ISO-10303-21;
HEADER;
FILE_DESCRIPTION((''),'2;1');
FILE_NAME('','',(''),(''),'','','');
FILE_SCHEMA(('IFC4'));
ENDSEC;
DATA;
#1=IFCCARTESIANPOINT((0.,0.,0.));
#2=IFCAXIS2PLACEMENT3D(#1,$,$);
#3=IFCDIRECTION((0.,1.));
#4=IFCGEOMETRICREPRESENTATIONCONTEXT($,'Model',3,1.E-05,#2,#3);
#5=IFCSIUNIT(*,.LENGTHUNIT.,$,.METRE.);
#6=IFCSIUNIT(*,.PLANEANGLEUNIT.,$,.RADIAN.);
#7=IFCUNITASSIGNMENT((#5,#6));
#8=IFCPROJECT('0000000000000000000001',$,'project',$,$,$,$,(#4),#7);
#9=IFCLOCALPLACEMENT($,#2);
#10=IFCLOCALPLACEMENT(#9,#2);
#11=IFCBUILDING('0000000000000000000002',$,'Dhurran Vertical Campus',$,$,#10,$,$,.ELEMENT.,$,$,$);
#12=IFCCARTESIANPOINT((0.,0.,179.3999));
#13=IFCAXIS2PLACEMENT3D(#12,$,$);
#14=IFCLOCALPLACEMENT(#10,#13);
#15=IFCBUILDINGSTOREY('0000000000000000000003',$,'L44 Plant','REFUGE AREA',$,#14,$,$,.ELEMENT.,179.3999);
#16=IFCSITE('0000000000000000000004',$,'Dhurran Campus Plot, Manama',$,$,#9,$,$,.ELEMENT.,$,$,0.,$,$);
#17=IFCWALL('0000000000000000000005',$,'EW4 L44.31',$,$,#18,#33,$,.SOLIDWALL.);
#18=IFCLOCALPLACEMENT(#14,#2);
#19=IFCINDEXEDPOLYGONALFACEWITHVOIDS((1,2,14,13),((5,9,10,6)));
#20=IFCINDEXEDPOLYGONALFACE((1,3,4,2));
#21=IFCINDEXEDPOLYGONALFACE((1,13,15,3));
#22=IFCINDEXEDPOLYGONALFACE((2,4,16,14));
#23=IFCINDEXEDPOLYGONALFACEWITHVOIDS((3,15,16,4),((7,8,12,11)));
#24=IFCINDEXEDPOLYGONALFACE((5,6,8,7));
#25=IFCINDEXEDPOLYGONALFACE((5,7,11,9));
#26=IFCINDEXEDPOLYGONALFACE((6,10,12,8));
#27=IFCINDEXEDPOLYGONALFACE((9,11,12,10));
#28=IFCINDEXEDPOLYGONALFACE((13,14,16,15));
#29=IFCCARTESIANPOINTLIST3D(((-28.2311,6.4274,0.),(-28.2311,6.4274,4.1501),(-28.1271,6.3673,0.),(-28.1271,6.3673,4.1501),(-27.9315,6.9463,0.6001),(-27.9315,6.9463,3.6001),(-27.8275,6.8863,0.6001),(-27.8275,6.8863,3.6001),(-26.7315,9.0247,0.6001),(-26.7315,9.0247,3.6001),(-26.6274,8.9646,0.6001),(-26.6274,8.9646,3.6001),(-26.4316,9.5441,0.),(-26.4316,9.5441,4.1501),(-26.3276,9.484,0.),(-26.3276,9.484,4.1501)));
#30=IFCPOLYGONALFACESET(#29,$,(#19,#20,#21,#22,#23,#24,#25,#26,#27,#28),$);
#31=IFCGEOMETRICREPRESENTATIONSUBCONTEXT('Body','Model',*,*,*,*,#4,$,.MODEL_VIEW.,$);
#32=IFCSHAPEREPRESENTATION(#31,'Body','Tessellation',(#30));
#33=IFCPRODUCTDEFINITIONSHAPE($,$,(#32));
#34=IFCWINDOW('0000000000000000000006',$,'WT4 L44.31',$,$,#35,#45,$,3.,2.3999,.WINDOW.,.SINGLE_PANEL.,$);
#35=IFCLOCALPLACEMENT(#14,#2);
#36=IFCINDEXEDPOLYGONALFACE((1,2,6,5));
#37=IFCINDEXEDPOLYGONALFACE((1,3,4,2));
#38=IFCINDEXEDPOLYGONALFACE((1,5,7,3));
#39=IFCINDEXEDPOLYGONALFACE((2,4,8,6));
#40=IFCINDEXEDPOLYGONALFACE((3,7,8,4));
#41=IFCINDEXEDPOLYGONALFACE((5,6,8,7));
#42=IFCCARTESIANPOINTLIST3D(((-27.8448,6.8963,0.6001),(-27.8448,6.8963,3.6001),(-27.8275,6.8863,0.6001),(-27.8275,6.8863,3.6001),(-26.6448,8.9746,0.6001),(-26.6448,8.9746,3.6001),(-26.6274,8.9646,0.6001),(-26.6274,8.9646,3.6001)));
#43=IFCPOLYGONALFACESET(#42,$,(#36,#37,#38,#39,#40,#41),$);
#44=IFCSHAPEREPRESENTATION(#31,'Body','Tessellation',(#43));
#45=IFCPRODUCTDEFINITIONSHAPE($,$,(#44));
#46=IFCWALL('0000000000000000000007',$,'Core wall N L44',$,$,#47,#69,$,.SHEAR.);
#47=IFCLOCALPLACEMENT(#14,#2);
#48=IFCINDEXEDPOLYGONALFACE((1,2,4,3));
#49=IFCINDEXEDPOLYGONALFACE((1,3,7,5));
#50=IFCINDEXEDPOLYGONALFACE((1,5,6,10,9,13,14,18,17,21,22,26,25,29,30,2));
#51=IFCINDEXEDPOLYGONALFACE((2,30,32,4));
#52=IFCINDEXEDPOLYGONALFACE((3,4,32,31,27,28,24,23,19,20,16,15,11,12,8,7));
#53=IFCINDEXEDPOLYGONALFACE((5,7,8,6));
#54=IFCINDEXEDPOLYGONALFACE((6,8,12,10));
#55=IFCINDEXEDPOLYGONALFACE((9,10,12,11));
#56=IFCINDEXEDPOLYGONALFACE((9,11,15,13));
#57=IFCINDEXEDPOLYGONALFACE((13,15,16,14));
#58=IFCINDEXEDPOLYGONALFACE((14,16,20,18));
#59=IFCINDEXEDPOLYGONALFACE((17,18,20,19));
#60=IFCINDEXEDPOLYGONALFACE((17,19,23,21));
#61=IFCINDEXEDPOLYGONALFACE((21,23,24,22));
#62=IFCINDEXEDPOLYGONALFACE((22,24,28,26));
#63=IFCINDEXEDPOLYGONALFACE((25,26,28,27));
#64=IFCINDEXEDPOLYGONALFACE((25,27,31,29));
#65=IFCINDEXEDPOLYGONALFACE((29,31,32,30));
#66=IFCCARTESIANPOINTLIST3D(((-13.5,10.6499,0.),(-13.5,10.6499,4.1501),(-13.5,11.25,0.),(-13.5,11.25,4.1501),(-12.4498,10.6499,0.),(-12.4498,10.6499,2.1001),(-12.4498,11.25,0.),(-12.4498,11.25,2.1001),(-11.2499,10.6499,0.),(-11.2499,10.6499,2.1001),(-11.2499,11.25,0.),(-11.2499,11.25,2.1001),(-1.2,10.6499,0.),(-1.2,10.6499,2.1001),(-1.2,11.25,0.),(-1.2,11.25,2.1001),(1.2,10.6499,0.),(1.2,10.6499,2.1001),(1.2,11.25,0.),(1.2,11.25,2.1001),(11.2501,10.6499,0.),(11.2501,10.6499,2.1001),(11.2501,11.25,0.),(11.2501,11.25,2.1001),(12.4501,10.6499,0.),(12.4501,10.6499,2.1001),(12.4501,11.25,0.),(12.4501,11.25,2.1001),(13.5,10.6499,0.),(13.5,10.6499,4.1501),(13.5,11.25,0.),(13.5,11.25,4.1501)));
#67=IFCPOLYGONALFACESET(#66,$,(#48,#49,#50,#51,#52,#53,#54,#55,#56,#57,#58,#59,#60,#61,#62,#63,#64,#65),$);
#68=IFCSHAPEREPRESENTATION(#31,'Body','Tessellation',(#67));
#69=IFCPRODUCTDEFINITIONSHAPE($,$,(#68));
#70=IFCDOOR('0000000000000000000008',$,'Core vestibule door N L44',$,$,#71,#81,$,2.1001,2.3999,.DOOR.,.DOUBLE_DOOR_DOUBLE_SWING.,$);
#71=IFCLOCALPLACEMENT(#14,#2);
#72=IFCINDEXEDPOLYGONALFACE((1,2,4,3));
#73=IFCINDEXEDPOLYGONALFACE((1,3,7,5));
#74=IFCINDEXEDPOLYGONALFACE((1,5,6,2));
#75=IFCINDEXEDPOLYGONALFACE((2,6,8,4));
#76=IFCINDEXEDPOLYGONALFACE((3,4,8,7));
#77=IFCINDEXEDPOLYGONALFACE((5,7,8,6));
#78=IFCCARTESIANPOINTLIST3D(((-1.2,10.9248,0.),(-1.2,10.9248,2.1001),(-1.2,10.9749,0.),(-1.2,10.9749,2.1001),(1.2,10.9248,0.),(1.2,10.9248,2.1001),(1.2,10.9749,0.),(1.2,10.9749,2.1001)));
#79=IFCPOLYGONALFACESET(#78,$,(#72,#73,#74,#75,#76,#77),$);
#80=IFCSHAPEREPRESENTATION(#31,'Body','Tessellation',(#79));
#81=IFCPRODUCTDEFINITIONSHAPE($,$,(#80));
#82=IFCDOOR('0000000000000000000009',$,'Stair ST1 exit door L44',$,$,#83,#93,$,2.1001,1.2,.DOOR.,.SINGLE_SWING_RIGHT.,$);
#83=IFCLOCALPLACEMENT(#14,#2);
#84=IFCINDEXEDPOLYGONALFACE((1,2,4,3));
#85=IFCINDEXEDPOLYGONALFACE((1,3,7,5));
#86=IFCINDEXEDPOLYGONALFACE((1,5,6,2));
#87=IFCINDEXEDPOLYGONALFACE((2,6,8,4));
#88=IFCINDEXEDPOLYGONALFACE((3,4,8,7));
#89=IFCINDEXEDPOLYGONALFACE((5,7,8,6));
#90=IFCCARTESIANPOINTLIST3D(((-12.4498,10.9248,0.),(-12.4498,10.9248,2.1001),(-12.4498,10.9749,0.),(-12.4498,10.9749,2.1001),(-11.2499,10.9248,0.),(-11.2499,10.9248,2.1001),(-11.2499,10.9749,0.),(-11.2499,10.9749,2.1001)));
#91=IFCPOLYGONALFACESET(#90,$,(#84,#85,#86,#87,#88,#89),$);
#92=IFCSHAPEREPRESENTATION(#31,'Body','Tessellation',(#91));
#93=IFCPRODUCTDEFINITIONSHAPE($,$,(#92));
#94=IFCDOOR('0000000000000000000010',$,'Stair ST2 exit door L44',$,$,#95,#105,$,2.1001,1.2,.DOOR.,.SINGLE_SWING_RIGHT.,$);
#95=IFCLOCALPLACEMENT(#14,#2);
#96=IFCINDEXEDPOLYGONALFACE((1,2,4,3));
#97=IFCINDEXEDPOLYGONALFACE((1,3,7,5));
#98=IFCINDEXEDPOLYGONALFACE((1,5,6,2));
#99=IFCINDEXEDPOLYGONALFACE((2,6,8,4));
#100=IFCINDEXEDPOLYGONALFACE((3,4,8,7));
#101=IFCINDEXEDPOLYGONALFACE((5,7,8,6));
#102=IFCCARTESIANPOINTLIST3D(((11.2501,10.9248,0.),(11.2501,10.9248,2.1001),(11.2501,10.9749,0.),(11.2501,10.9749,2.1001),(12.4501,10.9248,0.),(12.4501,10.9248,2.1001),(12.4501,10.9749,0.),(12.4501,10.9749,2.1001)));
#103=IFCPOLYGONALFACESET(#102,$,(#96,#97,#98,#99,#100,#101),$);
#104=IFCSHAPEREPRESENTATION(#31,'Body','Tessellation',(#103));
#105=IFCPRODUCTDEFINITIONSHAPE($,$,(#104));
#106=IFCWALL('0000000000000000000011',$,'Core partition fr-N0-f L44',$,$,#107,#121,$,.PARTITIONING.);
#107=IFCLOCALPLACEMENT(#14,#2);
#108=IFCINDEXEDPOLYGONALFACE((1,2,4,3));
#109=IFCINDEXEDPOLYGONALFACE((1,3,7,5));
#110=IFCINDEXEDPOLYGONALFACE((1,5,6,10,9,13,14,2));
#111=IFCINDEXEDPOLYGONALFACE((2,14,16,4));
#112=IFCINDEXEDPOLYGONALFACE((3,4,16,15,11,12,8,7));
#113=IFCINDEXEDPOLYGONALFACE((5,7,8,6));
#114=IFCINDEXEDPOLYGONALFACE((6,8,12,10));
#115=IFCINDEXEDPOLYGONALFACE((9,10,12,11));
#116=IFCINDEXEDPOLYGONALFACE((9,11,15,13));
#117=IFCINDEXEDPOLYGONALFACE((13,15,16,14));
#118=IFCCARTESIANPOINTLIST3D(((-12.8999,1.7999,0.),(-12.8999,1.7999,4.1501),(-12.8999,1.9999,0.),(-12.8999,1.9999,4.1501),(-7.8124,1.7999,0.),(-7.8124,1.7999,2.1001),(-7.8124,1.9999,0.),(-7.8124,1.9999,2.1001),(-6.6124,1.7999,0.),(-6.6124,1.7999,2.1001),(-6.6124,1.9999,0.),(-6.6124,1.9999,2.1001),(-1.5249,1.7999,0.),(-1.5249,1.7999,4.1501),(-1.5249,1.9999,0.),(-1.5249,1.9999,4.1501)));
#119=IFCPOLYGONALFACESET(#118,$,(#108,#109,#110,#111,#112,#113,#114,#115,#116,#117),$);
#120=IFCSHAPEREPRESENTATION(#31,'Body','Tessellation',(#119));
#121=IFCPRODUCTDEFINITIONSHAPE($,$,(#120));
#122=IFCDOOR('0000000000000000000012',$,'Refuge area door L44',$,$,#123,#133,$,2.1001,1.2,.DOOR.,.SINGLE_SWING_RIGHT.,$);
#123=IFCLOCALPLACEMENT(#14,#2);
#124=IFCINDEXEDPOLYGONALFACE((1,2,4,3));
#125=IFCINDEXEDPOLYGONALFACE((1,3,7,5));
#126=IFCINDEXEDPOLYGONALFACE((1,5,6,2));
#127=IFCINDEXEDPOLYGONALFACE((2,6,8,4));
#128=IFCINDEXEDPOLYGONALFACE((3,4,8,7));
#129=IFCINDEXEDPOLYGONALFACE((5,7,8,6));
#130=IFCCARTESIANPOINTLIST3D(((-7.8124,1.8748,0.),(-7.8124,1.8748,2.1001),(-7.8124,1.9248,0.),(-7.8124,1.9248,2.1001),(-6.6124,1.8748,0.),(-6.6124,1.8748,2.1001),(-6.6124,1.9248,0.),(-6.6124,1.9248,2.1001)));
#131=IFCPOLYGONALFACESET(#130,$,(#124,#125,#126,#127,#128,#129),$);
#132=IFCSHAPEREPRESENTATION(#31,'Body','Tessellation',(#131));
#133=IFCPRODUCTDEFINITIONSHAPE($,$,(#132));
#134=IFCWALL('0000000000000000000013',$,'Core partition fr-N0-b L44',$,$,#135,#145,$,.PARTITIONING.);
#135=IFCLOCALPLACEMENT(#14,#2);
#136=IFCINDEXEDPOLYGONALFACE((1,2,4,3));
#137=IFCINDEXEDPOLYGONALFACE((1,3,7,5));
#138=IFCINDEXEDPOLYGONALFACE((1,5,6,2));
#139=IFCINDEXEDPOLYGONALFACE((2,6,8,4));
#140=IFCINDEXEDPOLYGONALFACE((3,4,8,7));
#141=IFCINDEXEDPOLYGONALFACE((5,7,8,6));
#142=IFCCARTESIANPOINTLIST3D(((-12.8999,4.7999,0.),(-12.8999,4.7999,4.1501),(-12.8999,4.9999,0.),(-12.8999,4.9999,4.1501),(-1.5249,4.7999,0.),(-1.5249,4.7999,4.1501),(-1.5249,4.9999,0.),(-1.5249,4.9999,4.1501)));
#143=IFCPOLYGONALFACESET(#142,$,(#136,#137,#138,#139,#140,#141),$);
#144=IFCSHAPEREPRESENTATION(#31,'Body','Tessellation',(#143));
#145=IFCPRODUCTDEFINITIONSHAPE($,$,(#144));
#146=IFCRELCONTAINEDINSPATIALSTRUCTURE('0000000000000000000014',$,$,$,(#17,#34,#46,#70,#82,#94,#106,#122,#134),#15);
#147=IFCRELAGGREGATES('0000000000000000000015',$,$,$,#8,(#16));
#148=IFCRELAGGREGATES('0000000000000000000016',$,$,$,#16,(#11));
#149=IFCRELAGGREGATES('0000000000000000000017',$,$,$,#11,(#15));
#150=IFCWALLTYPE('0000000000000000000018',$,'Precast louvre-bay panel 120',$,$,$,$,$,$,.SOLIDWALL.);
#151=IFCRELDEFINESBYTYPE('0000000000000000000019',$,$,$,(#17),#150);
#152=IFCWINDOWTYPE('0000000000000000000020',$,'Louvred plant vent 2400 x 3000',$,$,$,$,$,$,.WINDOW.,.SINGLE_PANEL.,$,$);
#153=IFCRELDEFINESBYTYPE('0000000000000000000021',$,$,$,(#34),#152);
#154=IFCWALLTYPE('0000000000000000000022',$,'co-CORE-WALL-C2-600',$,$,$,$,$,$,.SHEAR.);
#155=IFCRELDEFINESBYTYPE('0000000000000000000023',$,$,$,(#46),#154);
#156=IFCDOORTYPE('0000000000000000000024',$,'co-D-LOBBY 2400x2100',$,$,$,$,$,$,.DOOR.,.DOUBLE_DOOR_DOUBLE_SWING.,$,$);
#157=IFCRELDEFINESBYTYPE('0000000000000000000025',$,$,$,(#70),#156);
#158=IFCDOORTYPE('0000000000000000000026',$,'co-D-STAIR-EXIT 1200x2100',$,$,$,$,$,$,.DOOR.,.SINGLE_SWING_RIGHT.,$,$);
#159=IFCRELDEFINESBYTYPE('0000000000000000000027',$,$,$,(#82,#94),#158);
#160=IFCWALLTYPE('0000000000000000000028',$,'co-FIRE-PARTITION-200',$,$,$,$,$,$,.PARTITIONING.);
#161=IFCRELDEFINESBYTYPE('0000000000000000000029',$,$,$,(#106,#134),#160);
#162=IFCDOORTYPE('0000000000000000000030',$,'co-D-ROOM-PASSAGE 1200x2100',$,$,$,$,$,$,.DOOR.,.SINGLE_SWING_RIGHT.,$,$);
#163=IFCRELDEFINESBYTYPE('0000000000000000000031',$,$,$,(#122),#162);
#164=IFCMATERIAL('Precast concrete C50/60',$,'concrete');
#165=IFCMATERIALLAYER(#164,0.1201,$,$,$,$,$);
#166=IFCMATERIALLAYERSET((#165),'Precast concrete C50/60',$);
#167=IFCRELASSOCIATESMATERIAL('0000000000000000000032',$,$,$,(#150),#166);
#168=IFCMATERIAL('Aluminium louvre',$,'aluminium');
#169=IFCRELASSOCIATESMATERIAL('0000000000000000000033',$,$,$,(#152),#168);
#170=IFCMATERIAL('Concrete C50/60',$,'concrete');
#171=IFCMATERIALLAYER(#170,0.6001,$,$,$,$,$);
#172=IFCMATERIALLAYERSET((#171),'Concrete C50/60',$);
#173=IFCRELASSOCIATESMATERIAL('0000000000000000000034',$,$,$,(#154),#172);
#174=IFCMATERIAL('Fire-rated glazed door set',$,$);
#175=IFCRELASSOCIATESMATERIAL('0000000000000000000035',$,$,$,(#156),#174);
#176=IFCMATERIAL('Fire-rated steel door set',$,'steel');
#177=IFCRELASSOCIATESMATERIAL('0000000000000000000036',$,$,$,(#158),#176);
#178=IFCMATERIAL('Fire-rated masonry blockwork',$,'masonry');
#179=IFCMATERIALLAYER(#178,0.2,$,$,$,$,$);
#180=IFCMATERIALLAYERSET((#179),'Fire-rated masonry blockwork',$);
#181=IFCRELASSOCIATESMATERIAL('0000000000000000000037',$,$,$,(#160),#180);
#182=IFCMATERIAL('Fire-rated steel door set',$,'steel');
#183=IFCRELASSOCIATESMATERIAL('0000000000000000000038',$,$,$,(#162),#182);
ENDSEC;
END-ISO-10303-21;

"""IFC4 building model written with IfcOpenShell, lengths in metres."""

from ifc_helpers import new_model, si_unit, direction, frame, frame_2d, origin, place, context, subcontext, project, spatial, rectangle, extrude, material, layer, layer_set, type_object, element, fill, save


model = new_model("IFC4")

# Units and contexts
model_context = context("Model", 3, precision=1e-05, world=origin(), true_north=direction((0.0, 1.0)))
body_context = subcontext(model_context, "Body", "Model", "MODEL_VIEW")
ifc_project = project(units=[si_unit("LENGTHUNIT", "METRE"), si_unit("PLANEANGLEUNIT", "RADIAN")], contexts=[model_context])

# Site, building, storey
site_placement = place(None, origin())
site = spatial("IfcSite", under=ifc_project, at=site_placement, Name="Dhurran Campus Plot, Manama", CompositionType="ELEMENT", RefElevation=0.0)
building_placement = place(site_placement, origin())
building = spatial("IfcBuilding", under=site, at=building_placement, Name="Dhurran Vertical Campus", CompositionType="ELEMENT")
storey_placement = place(building_placement, frame((0.0, 0.0, 179.3999)))
storey = spatial("IfcBuildingStorey", under=building, at=storey_placement, Name="L44 Plant", Description="REFUGE AREA", CompositionType="ELEMENT", Elevation=179.3999)

# Wall, opening, window
ifc_material_1 = material(Name="Precast concrete C50/60", Category="concrete")
ifc_layer_1 = layer(ifc_material_1, 0.1201)
ifc_layer_set_1 = layer_set([ifc_layer_1], Name="Precast concrete C50/60")
wall_type_1 = type_object("IfcWallType", Name="Precast louvre-bay panel 120", PredefinedType="SOLIDWALL", material=ifc_layer_set_1)
wall_1_placement = place(storey_placement, frame((-26.3796, 9.5139, 0.0), z_axis=(0.0, 0.0, 1.0), x_axis=(-0.500028, -0.866009, 0.0)))
wall_1 = element("IfcWall", 1, at=wall_1_placement, inside=storey, type_object=wall_type_1, Name="EW4 L44.31", PredefinedType="SOLIDWALL", context=body_context, shape_type="SweptSolid", body=[
    extrude(rectangle(XDim=3.5989, YDim=0.1201, at=frame_2d((1.7993, 0.0))), origin(), (0.0, 0.0, 1.0), 4.1501),
])
opening_1_placement = place(wall_1_placement, frame((0.5996, 0.0, 0.6001)))
opening_1 = element("IfcOpeningElement", 2, at=opening_1_placement, cuts=wall_1, PredefinedType="OPENING", context=body_context, shape_type="SweptSolid", body=[
    extrude(rectangle(XDim=2.3999, YDim=3.0, at=frame_2d((1.2, 1.5))), frame((0.0, 0.0701, 0.0), z_axis=(0.0, -1.0, 0.0), x_axis=(1.0, 0.0, 0.0)), (0.0, 0.0, 1.0), 0.1401),
])
ifc_material_2 = material(Name="Aluminium louvre", Category="aluminium")
window_type = type_object("IfcWindowType", Name="Louvred plant vent 2400 x 3000", PartitioningType="SINGLE_PANEL", PredefinedType="WINDOW", material=ifc_material_2)
window_placement = place(opening_1_placement, origin())
window = element("IfcWindow", 3, at=window_placement, inside=storey, type_object=window_type, Name="WT4 L44.31", OverallHeight=3.0, OverallWidth=2.3999, PartitioningType="SINGLE_PANEL", PredefinedType="WINDOW", context=body_context, shape_type="SweptSolid", body=[
    extrude(rectangle(XDim=2.3999, YDim=3.0, at=frame_2d((1.2, 1.5))), frame((0.0, 0.0601, 0.0), z_axis=(0.0, -1.0, 0.0), x_axis=(1.0, 0.0, 0.0)), (0.0, 0.0, 1.0), 0.02),
])
fill(opening_1, window)

# Wall, openings, doors
ifc_material_3 = material(Name="Concrete C50/60", Category="concrete")
ifc_layer_2 = layer(ifc_material_3, 0.6001)
ifc_layer_set_2 = layer_set([ifc_layer_2], Name="Concrete C50/60")
wall_type_2 = type_object("IfcWallType", Name="co-CORE-WALL-C2-600", PredefinedType="SHEAR", material=ifc_layer_set_2)
wall_2_placement = place(storey_placement, frame((-13.5, 10.95, 0.0), z_axis=(0.0, 0.0, 1.0), x_axis=(1.0, 0.0, 0.0)))
wall_2 = element("IfcWall", 4, at=wall_2_placement, inside=storey, type_object=wall_type_2, Name="Core wall N L44", PredefinedType="SHEAR", context=body_context, shape_type="SweptSolid", body=[
    extrude(rectangle(XDim=27.0, YDim=0.6001, at=frame_2d((13.5, 0.0))), origin(), (0.0, 0.0, 1.0), 4.1501),
])
opening_2_placement = place(wall_2_placement, frame((12.3, 0.0, 0.0)))
opening_2 = element("IfcOpeningElement", 5, at=opening_2_placement, cuts=wall_2, PredefinedType="OPENING", context=body_context, shape_type="SweptSolid", body=[
    extrude(rectangle(XDim=2.3999, YDim=2.1001, at=frame_2d((1.2, 1.05))), frame((0.0, 0.3101, 0.0), z_axis=(0.0, -1.0, 0.0), x_axis=(1.0, 0.0, 0.0)), (0.0, 0.0, 1.0), 0.6201),
])
opening_3_placement = place(wall_2_placement, frame((1.05, 0.0, 0.0)))
opening_3 = element("IfcOpeningElement", 6, at=opening_3_placement, cuts=wall_2, PredefinedType="OPENING", context=body_context, shape_type="SweptSolid", body=[
    extrude(rectangle(XDim=1.2, YDim=2.1001, at=frame_2d((0.6001, 1.05))), frame((0.0, 0.3101, 0.0), z_axis=(0.0, -1.0, 0.0), x_axis=(1.0, 0.0, 0.0)), (0.0, 0.0, 1.0), 0.6201),
])
opening_4_placement = place(wall_2_placement, frame((24.75, 0.0, 0.0)))
opening_4 = element("IfcOpeningElement", 7, at=opening_4_placement, cuts=wall_2, PredefinedType="OPENING", context=body_context, shape_type="SweptSolid", body=[
    extrude(rectangle(XDim=1.2, YDim=2.1001, at=frame_2d((0.6001, 1.05))), frame((0.0, 0.3101, 0.0), z_axis=(0.0, -1.0, 0.0), x_axis=(1.0, 0.0, 0.0)), (0.0, 0.0, 1.0), 0.6201),
])
ifc_material_4 = material(Name="Fire-rated glazed door set")
door_type_1 = type_object("IfcDoorType", Name="co-D-LOBBY 2400x2100", OperationType="DOUBLE_DOOR_DOUBLE_SWING", PredefinedType="DOOR", material=ifc_material_4)
door_1_placement = place(opening_2_placement, origin())
door_1 = element("IfcDoor", 8, at=door_1_placement, inside=storey, type_object=door_type_1, Name="Core vestibule door N L44", OperationType="DOUBLE_DOOR_DOUBLE_SWING", OverallHeight=2.1001, OverallWidth=2.3999, PredefinedType="DOOR", context=body_context, shape_type="SweptSolid", body=[
    extrude(rectangle(XDim=2.3999, YDim=2.1001, at=frame_2d((1.2, 1.05))), frame((0.0, 0.0249, 0.0), z_axis=(0.0, -1.0, 0.0), x_axis=(1.0, 0.0, 0.0)), (0.0, 0.0, 1.0), 0.05),
])
fill(opening_2, door_1)
ifc_material_5 = material(Name="Fire-rated steel door set", Category="steel")
door_type_2 = type_object("IfcDoorType", Name="co-D-STAIR-EXIT 1200x2100", OperationType="SINGLE_SWING_RIGHT", PredefinedType="DOOR", material=ifc_material_5)
door_2_placement = place(opening_3_placement, origin())
door_2 = element("IfcDoor", 9, at=door_2_placement, inside=storey, type_object=door_type_2, Name="Stair ST1 exit door L44", OperationType="SINGLE_SWING_RIGHT", OverallHeight=2.1001, OverallWidth=1.2, PredefinedType="DOOR", context=body_context, shape_type="SweptSolid", body=[
    extrude(rectangle(XDim=1.2, YDim=2.1001, at=frame_2d((0.6001, 1.05))), frame((0.0, 0.0249, 0.0), z_axis=(0.0, -1.0, 0.0), x_axis=(1.0, 0.0, 0.0)), (0.0, 0.0, 1.0), 0.05),
])
fill(opening_3, door_2)
door_3_placement = place(opening_4_placement, origin())
door_3 = element("IfcDoor", 10, at=door_3_placement, inside=storey, type_object=door_type_2, Name="Stair ST2 exit door L44", OperationType="SINGLE_SWING_RIGHT", OverallHeight=2.1001, OverallWidth=1.2, PredefinedType="DOOR", context=body_context, shape_type="SweptSolid", body=[
    extrude(rectangle(XDim=1.2, YDim=2.1001, at=frame_2d((0.6001, 1.05))), frame((0.0, 0.0249, 0.0), z_axis=(0.0, -1.0, 0.0), x_axis=(1.0, 0.0, 0.0)), (0.0, 0.0, 1.0), 0.05),
])
fill(opening_4, door_3)

# Wall, opening, door
ifc_material_6 = material(Name="Fire-rated masonry blockwork", Category="masonry")
ifc_layer_3 = layer(ifc_material_6, 0.2)
ifc_layer_set_3 = layer_set([ifc_layer_3], Name="Fire-rated masonry blockwork")
wall_type_3 = type_object("IfcWallType", Name="co-FIRE-PARTITION-200", PredefinedType="PARTITIONING", material=ifc_layer_set_3)
wall_3_placement = place(storey_placement, frame((-12.8999, 1.8999, 0.0), z_axis=(0.0, 0.0, 1.0), x_axis=(1.0, 0.0, 0.0)))
wall_3 = element("IfcWall", 11, at=wall_3_placement, inside=storey, type_object=wall_type_3, Name="Core partition fr-N0-f L44", PredefinedType="PARTITIONING", context=body_context, shape_type="SweptSolid", body=[
    extrude(rectangle(XDim=11.375, YDim=0.2, at=frame_2d((5.6875, 0.0))), origin(), (0.0, 0.0, 1.0), 4.1501),
])
opening_5_placement = place(wall_3_placement, frame((5.0874, 0.0, 0.0)))
opening_5 = element("IfcOpeningElement", 12, at=opening_5_placement, cuts=wall_3, PredefinedType="OPENING", context=body_context, shape_type="SweptSolid", body=[
    extrude(rectangle(XDim=1.2, YDim=2.1001, at=frame_2d((0.6001, 1.05))), frame((0.0, 0.1099, 0.0), z_axis=(0.0, -1.0, 0.0), x_axis=(1.0, 0.0, 0.0)), (0.0, 0.0, 1.0), 0.22),
])
ifc_material_7 = material(Name="Fire-rated steel door set", Category="steel")
door_type_3 = type_object("IfcDoorType", Name="co-D-ROOM-PASSAGE 1200x2100", OperationType="SINGLE_SWING_RIGHT", PredefinedType="DOOR", material=ifc_material_7)
door_4_placement = place(opening_5_placement, origin())
door_4 = element("IfcDoor", 13, at=door_4_placement, inside=storey, type_object=door_type_3, Name="Refuge area door L44", OperationType="SINGLE_SWING_RIGHT", OverallHeight=2.1001, OverallWidth=1.2, PredefinedType="DOOR", context=body_context, shape_type="SweptSolid", body=[
    extrude(rectangle(XDim=1.2, YDim=2.1001, at=frame_2d((0.6001, 1.05))), frame((0.0, 0.0249, 0.0), z_axis=(0.0, -1.0, 0.0), x_axis=(1.0, 0.0, 0.0)), (0.0, 0.0, 1.0), 0.05),
])
fill(opening_5, door_4)

# Wall
wall_4_placement = place(storey_placement, frame((-12.8999, 4.8999, 0.0), z_axis=(0.0, 0.0, 1.0), x_axis=(1.0, 0.0, 0.0)))
element("IfcWall", 14, at=wall_4_placement, inside=storey, type_object=wall_type_3, Name="Core partition fr-N0-b L44", PredefinedType="PARTITIONING", context=body_context, shape_type="SweptSolid", body=[
    extrude(rectangle(XDim=11.375, YDim=0.2, at=frame_2d((5.6875, 0.0))), origin(), (0.0, 0.0, 1.0), 4.1501),
])

save(model, "model.ifc")
